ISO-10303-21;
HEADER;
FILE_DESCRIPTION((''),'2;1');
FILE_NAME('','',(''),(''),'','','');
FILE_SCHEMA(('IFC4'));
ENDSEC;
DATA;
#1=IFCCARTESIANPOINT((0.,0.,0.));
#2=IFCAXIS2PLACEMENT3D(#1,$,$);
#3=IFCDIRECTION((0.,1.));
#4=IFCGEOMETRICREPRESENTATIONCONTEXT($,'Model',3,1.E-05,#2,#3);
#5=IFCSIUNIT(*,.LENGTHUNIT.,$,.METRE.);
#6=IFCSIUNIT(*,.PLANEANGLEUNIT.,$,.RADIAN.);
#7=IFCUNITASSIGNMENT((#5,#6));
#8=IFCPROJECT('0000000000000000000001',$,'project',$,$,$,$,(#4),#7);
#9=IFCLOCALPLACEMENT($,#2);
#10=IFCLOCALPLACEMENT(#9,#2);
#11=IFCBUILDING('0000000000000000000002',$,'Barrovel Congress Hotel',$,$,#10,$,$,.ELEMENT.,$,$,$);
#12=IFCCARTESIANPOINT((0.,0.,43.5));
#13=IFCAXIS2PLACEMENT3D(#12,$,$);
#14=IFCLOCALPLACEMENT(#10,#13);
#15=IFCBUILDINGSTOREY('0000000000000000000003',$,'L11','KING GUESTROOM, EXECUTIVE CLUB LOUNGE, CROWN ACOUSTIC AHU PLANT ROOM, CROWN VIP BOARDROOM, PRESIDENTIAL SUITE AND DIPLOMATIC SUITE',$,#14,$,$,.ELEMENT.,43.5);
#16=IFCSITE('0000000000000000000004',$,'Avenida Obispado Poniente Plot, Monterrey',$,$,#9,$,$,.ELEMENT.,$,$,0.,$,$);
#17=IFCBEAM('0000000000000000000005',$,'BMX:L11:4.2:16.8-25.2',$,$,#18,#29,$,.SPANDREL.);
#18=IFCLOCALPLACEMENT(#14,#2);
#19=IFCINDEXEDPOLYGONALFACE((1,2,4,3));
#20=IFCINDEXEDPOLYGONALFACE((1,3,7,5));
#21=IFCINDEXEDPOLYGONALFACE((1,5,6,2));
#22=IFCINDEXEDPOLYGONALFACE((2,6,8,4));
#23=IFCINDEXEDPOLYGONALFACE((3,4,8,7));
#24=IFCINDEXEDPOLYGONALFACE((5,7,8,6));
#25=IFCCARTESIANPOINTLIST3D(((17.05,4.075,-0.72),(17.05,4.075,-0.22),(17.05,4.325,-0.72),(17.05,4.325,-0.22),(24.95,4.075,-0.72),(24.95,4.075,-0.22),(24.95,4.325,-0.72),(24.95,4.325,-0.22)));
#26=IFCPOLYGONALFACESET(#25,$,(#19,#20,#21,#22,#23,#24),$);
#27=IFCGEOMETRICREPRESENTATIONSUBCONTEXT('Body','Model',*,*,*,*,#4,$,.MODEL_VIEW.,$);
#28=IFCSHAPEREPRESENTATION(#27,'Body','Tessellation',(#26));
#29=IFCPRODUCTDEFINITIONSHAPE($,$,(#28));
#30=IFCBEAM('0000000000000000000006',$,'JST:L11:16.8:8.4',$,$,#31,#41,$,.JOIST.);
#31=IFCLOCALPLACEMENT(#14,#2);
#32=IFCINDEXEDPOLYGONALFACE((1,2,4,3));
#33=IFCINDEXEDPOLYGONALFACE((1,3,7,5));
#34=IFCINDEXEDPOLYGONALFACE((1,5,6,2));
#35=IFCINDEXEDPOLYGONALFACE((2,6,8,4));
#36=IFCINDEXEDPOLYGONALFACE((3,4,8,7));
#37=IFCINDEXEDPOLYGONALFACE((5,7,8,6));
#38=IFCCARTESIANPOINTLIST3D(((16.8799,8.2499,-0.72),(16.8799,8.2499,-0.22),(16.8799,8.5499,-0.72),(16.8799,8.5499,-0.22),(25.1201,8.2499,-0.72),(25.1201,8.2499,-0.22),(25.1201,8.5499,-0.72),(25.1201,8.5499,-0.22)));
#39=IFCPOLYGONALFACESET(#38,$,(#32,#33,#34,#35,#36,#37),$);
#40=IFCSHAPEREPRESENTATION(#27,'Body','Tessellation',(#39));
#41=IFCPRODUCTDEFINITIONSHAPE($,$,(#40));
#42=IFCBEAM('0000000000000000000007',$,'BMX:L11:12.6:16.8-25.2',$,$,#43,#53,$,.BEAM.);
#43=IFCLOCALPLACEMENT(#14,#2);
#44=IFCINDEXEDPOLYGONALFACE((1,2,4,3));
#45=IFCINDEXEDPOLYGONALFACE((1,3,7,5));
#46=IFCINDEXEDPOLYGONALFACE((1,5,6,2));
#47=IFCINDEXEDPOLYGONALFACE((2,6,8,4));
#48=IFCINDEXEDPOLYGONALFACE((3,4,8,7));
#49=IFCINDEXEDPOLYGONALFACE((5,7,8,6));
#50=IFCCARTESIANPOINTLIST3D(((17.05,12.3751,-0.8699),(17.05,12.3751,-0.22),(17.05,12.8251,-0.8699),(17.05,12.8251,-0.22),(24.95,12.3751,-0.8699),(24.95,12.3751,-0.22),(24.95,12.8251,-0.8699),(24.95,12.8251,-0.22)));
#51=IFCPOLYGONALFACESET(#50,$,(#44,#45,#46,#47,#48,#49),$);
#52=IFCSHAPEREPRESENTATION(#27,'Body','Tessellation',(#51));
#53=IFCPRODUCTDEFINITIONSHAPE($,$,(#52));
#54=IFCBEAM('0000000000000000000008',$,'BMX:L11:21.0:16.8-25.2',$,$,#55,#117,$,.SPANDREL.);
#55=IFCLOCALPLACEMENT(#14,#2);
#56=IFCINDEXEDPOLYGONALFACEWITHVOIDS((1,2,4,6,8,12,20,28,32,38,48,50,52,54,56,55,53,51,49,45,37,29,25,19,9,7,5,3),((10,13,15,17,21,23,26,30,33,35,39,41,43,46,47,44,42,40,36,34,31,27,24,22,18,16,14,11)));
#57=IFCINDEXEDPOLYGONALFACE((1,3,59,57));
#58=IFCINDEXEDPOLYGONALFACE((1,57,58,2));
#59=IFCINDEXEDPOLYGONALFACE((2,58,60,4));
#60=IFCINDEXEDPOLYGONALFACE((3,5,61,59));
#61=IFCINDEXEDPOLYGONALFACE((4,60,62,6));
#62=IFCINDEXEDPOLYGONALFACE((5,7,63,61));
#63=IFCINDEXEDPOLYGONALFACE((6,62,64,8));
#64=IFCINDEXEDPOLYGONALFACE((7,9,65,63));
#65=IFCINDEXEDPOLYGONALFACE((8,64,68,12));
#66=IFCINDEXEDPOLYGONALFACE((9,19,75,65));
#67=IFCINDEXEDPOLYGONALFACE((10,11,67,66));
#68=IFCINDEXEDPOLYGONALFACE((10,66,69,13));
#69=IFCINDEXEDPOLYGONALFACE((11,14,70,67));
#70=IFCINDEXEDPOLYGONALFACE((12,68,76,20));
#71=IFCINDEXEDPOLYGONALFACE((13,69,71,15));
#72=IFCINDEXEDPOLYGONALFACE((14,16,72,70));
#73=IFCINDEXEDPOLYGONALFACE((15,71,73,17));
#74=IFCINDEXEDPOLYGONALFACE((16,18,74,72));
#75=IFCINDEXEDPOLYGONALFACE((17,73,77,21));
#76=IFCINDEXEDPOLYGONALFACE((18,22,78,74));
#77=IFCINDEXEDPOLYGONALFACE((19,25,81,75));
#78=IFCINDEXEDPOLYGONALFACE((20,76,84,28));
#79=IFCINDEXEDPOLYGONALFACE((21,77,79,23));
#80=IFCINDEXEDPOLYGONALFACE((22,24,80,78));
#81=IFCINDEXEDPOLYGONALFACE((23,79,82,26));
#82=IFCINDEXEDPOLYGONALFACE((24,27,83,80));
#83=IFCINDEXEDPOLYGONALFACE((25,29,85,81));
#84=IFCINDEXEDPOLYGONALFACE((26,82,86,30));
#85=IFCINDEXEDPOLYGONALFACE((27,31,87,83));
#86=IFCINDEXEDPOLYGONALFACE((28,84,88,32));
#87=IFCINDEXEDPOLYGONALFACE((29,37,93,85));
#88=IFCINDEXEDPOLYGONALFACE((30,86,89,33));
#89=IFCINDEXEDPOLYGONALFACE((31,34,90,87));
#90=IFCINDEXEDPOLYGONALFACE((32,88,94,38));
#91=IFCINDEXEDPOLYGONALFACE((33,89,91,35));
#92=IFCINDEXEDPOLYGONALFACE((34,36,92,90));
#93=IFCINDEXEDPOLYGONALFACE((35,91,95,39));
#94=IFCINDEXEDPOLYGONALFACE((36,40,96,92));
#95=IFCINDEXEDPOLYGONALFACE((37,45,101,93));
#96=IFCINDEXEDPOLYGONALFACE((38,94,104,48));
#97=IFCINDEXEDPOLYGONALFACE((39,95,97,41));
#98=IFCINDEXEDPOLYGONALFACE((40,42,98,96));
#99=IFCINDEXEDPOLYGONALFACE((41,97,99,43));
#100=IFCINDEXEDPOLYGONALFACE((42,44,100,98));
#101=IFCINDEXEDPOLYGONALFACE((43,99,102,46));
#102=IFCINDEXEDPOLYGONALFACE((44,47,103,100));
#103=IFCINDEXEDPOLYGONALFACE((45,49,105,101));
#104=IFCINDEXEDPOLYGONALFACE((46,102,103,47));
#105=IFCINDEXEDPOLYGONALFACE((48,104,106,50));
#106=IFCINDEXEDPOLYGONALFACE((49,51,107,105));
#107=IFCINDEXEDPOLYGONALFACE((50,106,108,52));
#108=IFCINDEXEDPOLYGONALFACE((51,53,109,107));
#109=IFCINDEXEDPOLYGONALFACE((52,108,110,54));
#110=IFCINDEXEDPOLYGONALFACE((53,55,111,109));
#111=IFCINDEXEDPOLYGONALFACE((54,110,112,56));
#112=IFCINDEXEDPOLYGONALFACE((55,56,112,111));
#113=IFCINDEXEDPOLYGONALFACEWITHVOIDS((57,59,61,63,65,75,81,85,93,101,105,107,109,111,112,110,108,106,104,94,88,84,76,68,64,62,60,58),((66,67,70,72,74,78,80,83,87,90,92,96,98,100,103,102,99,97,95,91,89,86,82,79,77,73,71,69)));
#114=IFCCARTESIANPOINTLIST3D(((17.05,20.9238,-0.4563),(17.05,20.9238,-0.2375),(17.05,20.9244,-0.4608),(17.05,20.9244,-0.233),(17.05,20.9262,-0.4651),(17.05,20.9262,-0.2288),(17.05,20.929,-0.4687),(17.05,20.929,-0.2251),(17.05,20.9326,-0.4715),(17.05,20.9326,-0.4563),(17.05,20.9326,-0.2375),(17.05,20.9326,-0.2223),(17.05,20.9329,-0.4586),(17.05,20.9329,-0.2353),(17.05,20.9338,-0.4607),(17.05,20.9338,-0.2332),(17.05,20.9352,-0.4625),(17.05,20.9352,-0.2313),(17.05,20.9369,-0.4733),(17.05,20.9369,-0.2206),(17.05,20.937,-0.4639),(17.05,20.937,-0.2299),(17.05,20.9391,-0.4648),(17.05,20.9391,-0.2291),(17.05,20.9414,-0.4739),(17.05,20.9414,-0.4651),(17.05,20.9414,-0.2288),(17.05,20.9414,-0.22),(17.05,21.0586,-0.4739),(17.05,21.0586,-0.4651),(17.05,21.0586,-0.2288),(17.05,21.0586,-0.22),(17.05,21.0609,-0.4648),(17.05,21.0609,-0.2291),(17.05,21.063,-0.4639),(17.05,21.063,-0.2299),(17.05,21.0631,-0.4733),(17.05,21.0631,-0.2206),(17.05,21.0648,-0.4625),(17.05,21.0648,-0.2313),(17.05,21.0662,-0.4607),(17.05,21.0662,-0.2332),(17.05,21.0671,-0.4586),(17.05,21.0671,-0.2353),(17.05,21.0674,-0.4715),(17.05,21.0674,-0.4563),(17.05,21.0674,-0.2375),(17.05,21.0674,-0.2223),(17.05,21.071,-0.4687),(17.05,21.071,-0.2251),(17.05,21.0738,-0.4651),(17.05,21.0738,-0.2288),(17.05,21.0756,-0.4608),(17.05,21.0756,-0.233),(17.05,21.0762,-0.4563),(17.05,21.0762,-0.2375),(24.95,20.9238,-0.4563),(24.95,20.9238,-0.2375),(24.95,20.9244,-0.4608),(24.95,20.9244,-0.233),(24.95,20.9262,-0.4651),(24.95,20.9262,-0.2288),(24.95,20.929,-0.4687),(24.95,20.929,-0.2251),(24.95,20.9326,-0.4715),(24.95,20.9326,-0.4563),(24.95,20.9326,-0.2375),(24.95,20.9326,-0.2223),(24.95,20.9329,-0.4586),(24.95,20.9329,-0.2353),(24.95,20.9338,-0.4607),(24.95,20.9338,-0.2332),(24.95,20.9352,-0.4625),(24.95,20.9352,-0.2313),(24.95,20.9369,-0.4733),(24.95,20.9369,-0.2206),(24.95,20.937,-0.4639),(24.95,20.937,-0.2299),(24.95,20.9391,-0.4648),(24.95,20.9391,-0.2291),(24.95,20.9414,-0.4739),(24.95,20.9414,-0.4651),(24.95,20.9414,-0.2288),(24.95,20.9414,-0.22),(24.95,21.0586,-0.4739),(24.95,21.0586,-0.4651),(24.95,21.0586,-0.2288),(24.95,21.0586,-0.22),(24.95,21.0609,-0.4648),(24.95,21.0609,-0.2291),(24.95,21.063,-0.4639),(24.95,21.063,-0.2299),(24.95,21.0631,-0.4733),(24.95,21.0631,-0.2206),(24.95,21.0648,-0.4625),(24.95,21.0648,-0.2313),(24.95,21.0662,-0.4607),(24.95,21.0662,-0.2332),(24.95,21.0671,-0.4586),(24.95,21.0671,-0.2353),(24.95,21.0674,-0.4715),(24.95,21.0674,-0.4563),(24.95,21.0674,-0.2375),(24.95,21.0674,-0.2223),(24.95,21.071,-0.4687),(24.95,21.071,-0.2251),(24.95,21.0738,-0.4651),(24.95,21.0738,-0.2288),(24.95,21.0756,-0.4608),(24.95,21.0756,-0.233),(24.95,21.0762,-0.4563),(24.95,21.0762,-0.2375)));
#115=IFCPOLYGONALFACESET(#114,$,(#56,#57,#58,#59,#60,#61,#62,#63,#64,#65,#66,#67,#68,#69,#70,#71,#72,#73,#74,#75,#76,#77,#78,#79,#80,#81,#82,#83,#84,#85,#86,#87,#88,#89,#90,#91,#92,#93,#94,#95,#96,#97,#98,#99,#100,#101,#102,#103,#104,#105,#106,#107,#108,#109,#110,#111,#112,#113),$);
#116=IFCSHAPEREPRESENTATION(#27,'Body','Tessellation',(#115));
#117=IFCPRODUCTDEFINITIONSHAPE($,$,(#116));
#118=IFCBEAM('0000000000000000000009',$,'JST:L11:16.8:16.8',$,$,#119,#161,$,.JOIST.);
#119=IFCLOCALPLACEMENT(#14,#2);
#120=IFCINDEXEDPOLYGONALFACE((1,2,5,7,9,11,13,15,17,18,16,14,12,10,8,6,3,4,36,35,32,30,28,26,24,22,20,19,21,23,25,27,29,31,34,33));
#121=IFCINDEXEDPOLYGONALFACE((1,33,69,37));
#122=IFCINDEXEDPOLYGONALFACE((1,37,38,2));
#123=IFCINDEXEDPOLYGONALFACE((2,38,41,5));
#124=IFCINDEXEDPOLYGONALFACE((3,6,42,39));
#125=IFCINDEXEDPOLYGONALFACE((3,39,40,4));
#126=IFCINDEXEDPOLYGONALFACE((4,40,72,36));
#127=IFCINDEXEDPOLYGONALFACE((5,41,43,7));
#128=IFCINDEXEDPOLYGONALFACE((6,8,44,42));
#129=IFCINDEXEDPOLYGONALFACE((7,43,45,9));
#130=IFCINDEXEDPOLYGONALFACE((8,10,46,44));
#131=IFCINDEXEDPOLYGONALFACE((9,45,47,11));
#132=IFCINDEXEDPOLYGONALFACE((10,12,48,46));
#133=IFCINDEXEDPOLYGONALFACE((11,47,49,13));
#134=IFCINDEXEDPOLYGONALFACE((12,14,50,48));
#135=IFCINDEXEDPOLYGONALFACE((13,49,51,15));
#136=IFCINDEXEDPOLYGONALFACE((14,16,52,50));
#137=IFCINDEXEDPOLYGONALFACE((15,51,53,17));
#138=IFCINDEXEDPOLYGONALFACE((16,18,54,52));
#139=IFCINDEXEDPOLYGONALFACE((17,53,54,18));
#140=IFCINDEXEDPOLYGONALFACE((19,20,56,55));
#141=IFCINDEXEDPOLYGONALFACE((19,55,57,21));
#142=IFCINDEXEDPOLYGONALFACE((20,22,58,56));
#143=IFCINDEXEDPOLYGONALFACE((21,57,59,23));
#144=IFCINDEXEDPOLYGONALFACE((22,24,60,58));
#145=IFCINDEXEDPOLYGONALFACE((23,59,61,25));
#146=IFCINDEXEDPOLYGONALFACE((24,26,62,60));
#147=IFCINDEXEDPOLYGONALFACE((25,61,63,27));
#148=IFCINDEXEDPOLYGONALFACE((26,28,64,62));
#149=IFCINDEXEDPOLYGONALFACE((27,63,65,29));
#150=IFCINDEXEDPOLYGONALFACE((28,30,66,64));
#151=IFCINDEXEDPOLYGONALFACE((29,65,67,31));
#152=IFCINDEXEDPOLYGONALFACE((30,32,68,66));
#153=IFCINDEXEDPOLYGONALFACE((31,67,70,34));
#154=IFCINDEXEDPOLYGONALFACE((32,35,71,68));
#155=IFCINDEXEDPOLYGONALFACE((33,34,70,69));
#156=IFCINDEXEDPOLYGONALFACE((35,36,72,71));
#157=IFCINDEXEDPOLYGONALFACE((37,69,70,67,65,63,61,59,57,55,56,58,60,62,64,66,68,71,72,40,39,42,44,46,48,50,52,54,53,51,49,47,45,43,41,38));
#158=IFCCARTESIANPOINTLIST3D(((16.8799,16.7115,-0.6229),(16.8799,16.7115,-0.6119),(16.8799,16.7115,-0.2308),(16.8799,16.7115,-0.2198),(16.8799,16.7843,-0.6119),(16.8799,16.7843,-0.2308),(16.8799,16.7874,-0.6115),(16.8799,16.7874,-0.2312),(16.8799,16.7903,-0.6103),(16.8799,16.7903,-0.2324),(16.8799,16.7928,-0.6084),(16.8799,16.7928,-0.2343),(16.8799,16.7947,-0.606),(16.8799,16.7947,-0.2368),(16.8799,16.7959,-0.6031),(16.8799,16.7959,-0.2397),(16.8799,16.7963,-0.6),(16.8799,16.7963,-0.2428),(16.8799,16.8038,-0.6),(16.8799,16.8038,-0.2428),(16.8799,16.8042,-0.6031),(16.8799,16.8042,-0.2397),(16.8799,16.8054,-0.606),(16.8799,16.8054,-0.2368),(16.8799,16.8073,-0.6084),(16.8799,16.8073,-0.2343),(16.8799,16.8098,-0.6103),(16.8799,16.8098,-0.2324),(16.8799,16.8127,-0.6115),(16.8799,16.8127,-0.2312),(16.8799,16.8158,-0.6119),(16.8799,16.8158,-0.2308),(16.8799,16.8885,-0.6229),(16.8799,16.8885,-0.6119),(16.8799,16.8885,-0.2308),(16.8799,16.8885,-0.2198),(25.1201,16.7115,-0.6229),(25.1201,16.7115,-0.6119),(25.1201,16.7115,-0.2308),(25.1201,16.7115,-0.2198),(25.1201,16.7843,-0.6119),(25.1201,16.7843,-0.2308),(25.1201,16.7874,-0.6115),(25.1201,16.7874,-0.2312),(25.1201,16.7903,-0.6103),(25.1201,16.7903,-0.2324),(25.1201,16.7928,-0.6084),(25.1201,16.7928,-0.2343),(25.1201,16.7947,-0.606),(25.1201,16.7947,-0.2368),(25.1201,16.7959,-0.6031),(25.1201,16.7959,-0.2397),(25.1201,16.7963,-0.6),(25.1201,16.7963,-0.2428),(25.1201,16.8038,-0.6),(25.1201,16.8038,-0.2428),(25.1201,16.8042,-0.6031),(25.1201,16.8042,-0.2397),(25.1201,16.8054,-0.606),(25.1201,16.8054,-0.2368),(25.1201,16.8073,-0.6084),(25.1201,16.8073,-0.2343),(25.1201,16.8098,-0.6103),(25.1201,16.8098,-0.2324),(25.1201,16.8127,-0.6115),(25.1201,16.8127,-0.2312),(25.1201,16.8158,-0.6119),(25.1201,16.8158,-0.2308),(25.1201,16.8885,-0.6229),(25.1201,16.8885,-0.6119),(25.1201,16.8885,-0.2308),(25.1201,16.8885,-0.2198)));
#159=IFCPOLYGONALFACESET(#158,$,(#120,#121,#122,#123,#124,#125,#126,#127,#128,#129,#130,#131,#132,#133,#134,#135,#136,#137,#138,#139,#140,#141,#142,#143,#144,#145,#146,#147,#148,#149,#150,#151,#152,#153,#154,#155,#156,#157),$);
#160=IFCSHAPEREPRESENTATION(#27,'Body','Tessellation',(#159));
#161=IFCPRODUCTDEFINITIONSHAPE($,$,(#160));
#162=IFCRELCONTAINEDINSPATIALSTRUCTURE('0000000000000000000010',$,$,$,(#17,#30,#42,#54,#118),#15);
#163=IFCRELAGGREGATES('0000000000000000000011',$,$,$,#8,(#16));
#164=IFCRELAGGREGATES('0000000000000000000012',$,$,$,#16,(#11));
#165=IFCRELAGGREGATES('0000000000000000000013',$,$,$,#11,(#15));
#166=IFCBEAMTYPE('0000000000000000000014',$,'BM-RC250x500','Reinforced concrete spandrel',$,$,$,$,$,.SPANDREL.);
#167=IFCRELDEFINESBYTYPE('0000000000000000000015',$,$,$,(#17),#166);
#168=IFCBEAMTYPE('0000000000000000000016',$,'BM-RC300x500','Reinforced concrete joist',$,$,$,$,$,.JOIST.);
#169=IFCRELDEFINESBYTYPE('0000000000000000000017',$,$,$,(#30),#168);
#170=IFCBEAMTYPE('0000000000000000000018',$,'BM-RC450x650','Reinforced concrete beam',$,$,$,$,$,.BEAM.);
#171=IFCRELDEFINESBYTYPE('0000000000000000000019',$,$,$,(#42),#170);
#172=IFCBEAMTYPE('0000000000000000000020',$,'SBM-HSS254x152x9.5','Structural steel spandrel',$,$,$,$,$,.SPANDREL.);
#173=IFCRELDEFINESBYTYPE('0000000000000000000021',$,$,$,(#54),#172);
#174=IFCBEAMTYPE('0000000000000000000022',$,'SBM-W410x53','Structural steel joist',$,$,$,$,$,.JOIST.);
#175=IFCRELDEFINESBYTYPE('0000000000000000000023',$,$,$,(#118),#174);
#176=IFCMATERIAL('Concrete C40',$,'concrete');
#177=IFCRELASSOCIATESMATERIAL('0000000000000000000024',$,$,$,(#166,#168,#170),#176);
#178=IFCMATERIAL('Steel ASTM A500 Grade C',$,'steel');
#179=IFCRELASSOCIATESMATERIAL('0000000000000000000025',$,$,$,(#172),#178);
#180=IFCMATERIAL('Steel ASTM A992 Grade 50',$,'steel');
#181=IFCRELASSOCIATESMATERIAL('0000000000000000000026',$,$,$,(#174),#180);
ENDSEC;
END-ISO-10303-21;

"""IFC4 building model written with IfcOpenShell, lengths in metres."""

from ifc_helpers import new_model, si_unit, direction, frame, origin, origin_2d, place, context, subcontext, project, spatial, rectangle, hollow_rectangle, i_section, extrude, material, material_profile, profile_set, type_object, element, save


model = new_model("IFC4")

# Units and contexts
model_context = context("Model", 3, precision=1e-05, world=origin(), true_north=direction((0.0, 1.0)))
body_context = subcontext(model_context, "Body", "Model", "MODEL_VIEW")
ifc_project = project(units=[si_unit("LENGTHUNIT", "METRE"), si_unit("PLANEANGLEUNIT", "RADIAN")], contexts=[model_context])

# Site, building, storey
site_placement = place(None, origin())
site = spatial("IfcSite", under=ifc_project, at=site_placement, Name="Avenida Obispado Poniente Plot, Monterrey", CompositionType="ELEMENT", RefElevation=0.0)
building_placement = place(site_placement, origin())
building = spatial("IfcBuilding", under=site, at=building_placement, Name="Barrovel Congress Hotel", CompositionType="ELEMENT")
storey_placement = place(building_placement, frame((0.0, 0.0, 43.5)))
storey = spatial("IfcBuildingStorey", under=building, at=storey_placement, Name="L11", Description="KING GUESTROOM, EXECUTIVE CLUB LOUNGE, CROWN ACOUSTIC AHU PLANT ROOM, CROWN VIP BOARDROOM, PRESIDENTIAL SUITE AND DIPLOMATIC SUITE", CompositionType="ELEMENT", Elevation=43.5)

# Beams
ifc_material_1 = material(Name="Concrete C40", Category="concrete")
ifc_material_profile_1 = material_profile(ifc_material_1, rectangle(XDim=0.25, YDim=0.5, at=origin_2d()), Name="RC250x500")
ifc_profile_set_1 = profile_set([ifc_material_profile_1], Name="Concrete C40")
beam_type_1 = type_object("IfcBeamType", Name="BM-RC250x500", Description="Reinforced concrete spandrel", PredefinedType="SPANDREL", material=ifc_profile_set_1)
beam_1_placement = place(storey_placement, frame((17.05, 4.2, -0.47), z_axis=(1.0, 0.0, 0.0), x_axis=(0.0, 1.0, 0.0)))
element("IfcBeam", 1, at=beam_1_placement, inside=storey, type_object=beam_type_1, Name="BMX:L11:4.2:16.8-25.2", PredefinedType="SPANDREL", context=body_context, shape_type="SweptSolid", body=[
    extrude(rectangle(XDim=0.25, YDim=0.5, at=origin_2d()), origin(), (0.0, 0.0, 1.0), 7.8999),
])
ifc_material_profile_2 = material_profile(ifc_material_1, rectangle(XDim=0.3, YDim=0.5, at=origin_2d()), Name="RC300x500")
ifc_profile_set_2 = profile_set([ifc_material_profile_2], Name="Concrete C40")
beam_type_2 = type_object("IfcBeamType", Name="BM-RC300x500", Description="Reinforced concrete joist", PredefinedType="JOIST", material=ifc_profile_set_2)
beam_2_placement = place(storey_placement, frame((16.8799, 8.3999, -0.47), z_axis=(1.0, 0.0, 0.0), x_axis=(0.0, 1.0, 0.0)))
element("IfcBeam", 2, at=beam_2_placement, inside=storey, type_object=beam_type_2, Name="JST:L11:16.8:8.4", PredefinedType="JOIST", context=body_context, shape_type="SweptSolid", body=[
    extrude(rectangle(XDim=0.3, YDim=0.5, at=origin_2d()), origin(), (0.0, 0.0, 1.0), 8.2402),
])
ifc_material_profile_3 = material_profile(ifc_material_1, rectangle(XDim=0.45, YDim=0.6499, at=origin_2d()), Name="RC450x650")
ifc_profile_set_3 = profile_set([ifc_material_profile_3], Name="Concrete C40")
beam_type_3 = type_object("IfcBeamType", Name="BM-RC450x650", Description="Reinforced concrete beam", PredefinedType="BEAM", material=ifc_profile_set_3)
beam_3_placement = place(storey_placement, frame((17.05, 12.6001, -0.5449), z_axis=(1.0, 0.0, 0.0), x_axis=(0.0, 1.0, 0.0)))
element("IfcBeam", 3, at=beam_3_placement, inside=storey, type_object=beam_type_3, Name="BMX:L11:12.6:16.8-25.2", PredefinedType="BEAM", context=body_context, shape_type="SweptSolid", body=[
    extrude(rectangle(XDim=0.45, YDim=0.6499, at=origin_2d()), origin(), (0.0, 0.0, 1.0), 7.8999),
])
ifc_material_2 = material(Name="Steel ASTM A500 Grade C", Category="steel")
ifc_material_profile_4 = material_profile(ifc_material_2, hollow_rectangle(XDim=0.1523, YDim=0.2539, WallThickness=0.0088, InnerFilletRadius=0.0088, OuterFilletRadius=0.0176, at=origin_2d()), Name="HSS254x152x9.5")
ifc_profile_set_4 = profile_set([ifc_material_profile_4], Name="Steel ASTM A500 Grade C")
beam_type_4 = type_object("IfcBeamType", Name="SBM-HSS254x152x9.5", Description="Structural steel spandrel", PredefinedType="SPANDREL", material=ifc_profile_set_4)
beam_4_placement = place(storey_placement, frame((17.05, 21.0, -0.3469), z_axis=(1.0, 0.0, 0.0), x_axis=(0.0, 1.0, 0.0)))
element("IfcBeam", 4, at=beam_4_placement, inside=storey, type_object=beam_type_4, Name="BMX:L11:21.0:16.8-25.2", PredefinedType="SPANDREL", context=body_context, shape_type="SweptSolid", body=[
    extrude(hollow_rectangle(XDim=0.1523, YDim=0.2539, WallThickness=0.0088, InnerFilletRadius=0.0088, OuterFilletRadius=0.0176, at=origin_2d()), origin(), (0.0, 0.0, 1.0), 7.8999),
])
ifc_material_3 = material(Name="Steel ASTM A992 Grade 50", Category="steel")
ifc_material_profile_5 = material_profile(ifc_material_3, i_section(OverallWidth=0.177, OverallDepth=0.4031, WebThickness=0.0076, FlangeThickness=0.011, FilletRadius=0.012, at=origin_2d()), Name="W410x53")
ifc_profile_set_5 = profile_set([ifc_material_profile_5], Name="Steel ASTM A992 Grade 50")
beam_type_5 = type_object("IfcBeamType", Name="SBM-W410x53", Description="Structural steel joist", PredefinedType="JOIST", material=ifc_profile_set_5)
beam_5_placement = place(storey_placement, frame((16.8799, 16.8, -0.4214), z_axis=(1.0, 0.0, 0.0), x_axis=(0.0, 1.0, 0.0)))
element("IfcBeam", 5, at=beam_5_placement, inside=storey, type_object=beam_type_5, Name="JST:L11:16.8:16.8", PredefinedType="JOIST", context=body_context, shape_type="SweptSolid", body=[
    extrude(i_section(OverallWidth=0.177, OverallDepth=0.4031, WebThickness=0.0076, FlangeThickness=0.011, FilletRadius=0.012, at=origin_2d()), origin(), (0.0, 0.0, 1.0), 8.2402),
])

save(model, "model.ifc")
